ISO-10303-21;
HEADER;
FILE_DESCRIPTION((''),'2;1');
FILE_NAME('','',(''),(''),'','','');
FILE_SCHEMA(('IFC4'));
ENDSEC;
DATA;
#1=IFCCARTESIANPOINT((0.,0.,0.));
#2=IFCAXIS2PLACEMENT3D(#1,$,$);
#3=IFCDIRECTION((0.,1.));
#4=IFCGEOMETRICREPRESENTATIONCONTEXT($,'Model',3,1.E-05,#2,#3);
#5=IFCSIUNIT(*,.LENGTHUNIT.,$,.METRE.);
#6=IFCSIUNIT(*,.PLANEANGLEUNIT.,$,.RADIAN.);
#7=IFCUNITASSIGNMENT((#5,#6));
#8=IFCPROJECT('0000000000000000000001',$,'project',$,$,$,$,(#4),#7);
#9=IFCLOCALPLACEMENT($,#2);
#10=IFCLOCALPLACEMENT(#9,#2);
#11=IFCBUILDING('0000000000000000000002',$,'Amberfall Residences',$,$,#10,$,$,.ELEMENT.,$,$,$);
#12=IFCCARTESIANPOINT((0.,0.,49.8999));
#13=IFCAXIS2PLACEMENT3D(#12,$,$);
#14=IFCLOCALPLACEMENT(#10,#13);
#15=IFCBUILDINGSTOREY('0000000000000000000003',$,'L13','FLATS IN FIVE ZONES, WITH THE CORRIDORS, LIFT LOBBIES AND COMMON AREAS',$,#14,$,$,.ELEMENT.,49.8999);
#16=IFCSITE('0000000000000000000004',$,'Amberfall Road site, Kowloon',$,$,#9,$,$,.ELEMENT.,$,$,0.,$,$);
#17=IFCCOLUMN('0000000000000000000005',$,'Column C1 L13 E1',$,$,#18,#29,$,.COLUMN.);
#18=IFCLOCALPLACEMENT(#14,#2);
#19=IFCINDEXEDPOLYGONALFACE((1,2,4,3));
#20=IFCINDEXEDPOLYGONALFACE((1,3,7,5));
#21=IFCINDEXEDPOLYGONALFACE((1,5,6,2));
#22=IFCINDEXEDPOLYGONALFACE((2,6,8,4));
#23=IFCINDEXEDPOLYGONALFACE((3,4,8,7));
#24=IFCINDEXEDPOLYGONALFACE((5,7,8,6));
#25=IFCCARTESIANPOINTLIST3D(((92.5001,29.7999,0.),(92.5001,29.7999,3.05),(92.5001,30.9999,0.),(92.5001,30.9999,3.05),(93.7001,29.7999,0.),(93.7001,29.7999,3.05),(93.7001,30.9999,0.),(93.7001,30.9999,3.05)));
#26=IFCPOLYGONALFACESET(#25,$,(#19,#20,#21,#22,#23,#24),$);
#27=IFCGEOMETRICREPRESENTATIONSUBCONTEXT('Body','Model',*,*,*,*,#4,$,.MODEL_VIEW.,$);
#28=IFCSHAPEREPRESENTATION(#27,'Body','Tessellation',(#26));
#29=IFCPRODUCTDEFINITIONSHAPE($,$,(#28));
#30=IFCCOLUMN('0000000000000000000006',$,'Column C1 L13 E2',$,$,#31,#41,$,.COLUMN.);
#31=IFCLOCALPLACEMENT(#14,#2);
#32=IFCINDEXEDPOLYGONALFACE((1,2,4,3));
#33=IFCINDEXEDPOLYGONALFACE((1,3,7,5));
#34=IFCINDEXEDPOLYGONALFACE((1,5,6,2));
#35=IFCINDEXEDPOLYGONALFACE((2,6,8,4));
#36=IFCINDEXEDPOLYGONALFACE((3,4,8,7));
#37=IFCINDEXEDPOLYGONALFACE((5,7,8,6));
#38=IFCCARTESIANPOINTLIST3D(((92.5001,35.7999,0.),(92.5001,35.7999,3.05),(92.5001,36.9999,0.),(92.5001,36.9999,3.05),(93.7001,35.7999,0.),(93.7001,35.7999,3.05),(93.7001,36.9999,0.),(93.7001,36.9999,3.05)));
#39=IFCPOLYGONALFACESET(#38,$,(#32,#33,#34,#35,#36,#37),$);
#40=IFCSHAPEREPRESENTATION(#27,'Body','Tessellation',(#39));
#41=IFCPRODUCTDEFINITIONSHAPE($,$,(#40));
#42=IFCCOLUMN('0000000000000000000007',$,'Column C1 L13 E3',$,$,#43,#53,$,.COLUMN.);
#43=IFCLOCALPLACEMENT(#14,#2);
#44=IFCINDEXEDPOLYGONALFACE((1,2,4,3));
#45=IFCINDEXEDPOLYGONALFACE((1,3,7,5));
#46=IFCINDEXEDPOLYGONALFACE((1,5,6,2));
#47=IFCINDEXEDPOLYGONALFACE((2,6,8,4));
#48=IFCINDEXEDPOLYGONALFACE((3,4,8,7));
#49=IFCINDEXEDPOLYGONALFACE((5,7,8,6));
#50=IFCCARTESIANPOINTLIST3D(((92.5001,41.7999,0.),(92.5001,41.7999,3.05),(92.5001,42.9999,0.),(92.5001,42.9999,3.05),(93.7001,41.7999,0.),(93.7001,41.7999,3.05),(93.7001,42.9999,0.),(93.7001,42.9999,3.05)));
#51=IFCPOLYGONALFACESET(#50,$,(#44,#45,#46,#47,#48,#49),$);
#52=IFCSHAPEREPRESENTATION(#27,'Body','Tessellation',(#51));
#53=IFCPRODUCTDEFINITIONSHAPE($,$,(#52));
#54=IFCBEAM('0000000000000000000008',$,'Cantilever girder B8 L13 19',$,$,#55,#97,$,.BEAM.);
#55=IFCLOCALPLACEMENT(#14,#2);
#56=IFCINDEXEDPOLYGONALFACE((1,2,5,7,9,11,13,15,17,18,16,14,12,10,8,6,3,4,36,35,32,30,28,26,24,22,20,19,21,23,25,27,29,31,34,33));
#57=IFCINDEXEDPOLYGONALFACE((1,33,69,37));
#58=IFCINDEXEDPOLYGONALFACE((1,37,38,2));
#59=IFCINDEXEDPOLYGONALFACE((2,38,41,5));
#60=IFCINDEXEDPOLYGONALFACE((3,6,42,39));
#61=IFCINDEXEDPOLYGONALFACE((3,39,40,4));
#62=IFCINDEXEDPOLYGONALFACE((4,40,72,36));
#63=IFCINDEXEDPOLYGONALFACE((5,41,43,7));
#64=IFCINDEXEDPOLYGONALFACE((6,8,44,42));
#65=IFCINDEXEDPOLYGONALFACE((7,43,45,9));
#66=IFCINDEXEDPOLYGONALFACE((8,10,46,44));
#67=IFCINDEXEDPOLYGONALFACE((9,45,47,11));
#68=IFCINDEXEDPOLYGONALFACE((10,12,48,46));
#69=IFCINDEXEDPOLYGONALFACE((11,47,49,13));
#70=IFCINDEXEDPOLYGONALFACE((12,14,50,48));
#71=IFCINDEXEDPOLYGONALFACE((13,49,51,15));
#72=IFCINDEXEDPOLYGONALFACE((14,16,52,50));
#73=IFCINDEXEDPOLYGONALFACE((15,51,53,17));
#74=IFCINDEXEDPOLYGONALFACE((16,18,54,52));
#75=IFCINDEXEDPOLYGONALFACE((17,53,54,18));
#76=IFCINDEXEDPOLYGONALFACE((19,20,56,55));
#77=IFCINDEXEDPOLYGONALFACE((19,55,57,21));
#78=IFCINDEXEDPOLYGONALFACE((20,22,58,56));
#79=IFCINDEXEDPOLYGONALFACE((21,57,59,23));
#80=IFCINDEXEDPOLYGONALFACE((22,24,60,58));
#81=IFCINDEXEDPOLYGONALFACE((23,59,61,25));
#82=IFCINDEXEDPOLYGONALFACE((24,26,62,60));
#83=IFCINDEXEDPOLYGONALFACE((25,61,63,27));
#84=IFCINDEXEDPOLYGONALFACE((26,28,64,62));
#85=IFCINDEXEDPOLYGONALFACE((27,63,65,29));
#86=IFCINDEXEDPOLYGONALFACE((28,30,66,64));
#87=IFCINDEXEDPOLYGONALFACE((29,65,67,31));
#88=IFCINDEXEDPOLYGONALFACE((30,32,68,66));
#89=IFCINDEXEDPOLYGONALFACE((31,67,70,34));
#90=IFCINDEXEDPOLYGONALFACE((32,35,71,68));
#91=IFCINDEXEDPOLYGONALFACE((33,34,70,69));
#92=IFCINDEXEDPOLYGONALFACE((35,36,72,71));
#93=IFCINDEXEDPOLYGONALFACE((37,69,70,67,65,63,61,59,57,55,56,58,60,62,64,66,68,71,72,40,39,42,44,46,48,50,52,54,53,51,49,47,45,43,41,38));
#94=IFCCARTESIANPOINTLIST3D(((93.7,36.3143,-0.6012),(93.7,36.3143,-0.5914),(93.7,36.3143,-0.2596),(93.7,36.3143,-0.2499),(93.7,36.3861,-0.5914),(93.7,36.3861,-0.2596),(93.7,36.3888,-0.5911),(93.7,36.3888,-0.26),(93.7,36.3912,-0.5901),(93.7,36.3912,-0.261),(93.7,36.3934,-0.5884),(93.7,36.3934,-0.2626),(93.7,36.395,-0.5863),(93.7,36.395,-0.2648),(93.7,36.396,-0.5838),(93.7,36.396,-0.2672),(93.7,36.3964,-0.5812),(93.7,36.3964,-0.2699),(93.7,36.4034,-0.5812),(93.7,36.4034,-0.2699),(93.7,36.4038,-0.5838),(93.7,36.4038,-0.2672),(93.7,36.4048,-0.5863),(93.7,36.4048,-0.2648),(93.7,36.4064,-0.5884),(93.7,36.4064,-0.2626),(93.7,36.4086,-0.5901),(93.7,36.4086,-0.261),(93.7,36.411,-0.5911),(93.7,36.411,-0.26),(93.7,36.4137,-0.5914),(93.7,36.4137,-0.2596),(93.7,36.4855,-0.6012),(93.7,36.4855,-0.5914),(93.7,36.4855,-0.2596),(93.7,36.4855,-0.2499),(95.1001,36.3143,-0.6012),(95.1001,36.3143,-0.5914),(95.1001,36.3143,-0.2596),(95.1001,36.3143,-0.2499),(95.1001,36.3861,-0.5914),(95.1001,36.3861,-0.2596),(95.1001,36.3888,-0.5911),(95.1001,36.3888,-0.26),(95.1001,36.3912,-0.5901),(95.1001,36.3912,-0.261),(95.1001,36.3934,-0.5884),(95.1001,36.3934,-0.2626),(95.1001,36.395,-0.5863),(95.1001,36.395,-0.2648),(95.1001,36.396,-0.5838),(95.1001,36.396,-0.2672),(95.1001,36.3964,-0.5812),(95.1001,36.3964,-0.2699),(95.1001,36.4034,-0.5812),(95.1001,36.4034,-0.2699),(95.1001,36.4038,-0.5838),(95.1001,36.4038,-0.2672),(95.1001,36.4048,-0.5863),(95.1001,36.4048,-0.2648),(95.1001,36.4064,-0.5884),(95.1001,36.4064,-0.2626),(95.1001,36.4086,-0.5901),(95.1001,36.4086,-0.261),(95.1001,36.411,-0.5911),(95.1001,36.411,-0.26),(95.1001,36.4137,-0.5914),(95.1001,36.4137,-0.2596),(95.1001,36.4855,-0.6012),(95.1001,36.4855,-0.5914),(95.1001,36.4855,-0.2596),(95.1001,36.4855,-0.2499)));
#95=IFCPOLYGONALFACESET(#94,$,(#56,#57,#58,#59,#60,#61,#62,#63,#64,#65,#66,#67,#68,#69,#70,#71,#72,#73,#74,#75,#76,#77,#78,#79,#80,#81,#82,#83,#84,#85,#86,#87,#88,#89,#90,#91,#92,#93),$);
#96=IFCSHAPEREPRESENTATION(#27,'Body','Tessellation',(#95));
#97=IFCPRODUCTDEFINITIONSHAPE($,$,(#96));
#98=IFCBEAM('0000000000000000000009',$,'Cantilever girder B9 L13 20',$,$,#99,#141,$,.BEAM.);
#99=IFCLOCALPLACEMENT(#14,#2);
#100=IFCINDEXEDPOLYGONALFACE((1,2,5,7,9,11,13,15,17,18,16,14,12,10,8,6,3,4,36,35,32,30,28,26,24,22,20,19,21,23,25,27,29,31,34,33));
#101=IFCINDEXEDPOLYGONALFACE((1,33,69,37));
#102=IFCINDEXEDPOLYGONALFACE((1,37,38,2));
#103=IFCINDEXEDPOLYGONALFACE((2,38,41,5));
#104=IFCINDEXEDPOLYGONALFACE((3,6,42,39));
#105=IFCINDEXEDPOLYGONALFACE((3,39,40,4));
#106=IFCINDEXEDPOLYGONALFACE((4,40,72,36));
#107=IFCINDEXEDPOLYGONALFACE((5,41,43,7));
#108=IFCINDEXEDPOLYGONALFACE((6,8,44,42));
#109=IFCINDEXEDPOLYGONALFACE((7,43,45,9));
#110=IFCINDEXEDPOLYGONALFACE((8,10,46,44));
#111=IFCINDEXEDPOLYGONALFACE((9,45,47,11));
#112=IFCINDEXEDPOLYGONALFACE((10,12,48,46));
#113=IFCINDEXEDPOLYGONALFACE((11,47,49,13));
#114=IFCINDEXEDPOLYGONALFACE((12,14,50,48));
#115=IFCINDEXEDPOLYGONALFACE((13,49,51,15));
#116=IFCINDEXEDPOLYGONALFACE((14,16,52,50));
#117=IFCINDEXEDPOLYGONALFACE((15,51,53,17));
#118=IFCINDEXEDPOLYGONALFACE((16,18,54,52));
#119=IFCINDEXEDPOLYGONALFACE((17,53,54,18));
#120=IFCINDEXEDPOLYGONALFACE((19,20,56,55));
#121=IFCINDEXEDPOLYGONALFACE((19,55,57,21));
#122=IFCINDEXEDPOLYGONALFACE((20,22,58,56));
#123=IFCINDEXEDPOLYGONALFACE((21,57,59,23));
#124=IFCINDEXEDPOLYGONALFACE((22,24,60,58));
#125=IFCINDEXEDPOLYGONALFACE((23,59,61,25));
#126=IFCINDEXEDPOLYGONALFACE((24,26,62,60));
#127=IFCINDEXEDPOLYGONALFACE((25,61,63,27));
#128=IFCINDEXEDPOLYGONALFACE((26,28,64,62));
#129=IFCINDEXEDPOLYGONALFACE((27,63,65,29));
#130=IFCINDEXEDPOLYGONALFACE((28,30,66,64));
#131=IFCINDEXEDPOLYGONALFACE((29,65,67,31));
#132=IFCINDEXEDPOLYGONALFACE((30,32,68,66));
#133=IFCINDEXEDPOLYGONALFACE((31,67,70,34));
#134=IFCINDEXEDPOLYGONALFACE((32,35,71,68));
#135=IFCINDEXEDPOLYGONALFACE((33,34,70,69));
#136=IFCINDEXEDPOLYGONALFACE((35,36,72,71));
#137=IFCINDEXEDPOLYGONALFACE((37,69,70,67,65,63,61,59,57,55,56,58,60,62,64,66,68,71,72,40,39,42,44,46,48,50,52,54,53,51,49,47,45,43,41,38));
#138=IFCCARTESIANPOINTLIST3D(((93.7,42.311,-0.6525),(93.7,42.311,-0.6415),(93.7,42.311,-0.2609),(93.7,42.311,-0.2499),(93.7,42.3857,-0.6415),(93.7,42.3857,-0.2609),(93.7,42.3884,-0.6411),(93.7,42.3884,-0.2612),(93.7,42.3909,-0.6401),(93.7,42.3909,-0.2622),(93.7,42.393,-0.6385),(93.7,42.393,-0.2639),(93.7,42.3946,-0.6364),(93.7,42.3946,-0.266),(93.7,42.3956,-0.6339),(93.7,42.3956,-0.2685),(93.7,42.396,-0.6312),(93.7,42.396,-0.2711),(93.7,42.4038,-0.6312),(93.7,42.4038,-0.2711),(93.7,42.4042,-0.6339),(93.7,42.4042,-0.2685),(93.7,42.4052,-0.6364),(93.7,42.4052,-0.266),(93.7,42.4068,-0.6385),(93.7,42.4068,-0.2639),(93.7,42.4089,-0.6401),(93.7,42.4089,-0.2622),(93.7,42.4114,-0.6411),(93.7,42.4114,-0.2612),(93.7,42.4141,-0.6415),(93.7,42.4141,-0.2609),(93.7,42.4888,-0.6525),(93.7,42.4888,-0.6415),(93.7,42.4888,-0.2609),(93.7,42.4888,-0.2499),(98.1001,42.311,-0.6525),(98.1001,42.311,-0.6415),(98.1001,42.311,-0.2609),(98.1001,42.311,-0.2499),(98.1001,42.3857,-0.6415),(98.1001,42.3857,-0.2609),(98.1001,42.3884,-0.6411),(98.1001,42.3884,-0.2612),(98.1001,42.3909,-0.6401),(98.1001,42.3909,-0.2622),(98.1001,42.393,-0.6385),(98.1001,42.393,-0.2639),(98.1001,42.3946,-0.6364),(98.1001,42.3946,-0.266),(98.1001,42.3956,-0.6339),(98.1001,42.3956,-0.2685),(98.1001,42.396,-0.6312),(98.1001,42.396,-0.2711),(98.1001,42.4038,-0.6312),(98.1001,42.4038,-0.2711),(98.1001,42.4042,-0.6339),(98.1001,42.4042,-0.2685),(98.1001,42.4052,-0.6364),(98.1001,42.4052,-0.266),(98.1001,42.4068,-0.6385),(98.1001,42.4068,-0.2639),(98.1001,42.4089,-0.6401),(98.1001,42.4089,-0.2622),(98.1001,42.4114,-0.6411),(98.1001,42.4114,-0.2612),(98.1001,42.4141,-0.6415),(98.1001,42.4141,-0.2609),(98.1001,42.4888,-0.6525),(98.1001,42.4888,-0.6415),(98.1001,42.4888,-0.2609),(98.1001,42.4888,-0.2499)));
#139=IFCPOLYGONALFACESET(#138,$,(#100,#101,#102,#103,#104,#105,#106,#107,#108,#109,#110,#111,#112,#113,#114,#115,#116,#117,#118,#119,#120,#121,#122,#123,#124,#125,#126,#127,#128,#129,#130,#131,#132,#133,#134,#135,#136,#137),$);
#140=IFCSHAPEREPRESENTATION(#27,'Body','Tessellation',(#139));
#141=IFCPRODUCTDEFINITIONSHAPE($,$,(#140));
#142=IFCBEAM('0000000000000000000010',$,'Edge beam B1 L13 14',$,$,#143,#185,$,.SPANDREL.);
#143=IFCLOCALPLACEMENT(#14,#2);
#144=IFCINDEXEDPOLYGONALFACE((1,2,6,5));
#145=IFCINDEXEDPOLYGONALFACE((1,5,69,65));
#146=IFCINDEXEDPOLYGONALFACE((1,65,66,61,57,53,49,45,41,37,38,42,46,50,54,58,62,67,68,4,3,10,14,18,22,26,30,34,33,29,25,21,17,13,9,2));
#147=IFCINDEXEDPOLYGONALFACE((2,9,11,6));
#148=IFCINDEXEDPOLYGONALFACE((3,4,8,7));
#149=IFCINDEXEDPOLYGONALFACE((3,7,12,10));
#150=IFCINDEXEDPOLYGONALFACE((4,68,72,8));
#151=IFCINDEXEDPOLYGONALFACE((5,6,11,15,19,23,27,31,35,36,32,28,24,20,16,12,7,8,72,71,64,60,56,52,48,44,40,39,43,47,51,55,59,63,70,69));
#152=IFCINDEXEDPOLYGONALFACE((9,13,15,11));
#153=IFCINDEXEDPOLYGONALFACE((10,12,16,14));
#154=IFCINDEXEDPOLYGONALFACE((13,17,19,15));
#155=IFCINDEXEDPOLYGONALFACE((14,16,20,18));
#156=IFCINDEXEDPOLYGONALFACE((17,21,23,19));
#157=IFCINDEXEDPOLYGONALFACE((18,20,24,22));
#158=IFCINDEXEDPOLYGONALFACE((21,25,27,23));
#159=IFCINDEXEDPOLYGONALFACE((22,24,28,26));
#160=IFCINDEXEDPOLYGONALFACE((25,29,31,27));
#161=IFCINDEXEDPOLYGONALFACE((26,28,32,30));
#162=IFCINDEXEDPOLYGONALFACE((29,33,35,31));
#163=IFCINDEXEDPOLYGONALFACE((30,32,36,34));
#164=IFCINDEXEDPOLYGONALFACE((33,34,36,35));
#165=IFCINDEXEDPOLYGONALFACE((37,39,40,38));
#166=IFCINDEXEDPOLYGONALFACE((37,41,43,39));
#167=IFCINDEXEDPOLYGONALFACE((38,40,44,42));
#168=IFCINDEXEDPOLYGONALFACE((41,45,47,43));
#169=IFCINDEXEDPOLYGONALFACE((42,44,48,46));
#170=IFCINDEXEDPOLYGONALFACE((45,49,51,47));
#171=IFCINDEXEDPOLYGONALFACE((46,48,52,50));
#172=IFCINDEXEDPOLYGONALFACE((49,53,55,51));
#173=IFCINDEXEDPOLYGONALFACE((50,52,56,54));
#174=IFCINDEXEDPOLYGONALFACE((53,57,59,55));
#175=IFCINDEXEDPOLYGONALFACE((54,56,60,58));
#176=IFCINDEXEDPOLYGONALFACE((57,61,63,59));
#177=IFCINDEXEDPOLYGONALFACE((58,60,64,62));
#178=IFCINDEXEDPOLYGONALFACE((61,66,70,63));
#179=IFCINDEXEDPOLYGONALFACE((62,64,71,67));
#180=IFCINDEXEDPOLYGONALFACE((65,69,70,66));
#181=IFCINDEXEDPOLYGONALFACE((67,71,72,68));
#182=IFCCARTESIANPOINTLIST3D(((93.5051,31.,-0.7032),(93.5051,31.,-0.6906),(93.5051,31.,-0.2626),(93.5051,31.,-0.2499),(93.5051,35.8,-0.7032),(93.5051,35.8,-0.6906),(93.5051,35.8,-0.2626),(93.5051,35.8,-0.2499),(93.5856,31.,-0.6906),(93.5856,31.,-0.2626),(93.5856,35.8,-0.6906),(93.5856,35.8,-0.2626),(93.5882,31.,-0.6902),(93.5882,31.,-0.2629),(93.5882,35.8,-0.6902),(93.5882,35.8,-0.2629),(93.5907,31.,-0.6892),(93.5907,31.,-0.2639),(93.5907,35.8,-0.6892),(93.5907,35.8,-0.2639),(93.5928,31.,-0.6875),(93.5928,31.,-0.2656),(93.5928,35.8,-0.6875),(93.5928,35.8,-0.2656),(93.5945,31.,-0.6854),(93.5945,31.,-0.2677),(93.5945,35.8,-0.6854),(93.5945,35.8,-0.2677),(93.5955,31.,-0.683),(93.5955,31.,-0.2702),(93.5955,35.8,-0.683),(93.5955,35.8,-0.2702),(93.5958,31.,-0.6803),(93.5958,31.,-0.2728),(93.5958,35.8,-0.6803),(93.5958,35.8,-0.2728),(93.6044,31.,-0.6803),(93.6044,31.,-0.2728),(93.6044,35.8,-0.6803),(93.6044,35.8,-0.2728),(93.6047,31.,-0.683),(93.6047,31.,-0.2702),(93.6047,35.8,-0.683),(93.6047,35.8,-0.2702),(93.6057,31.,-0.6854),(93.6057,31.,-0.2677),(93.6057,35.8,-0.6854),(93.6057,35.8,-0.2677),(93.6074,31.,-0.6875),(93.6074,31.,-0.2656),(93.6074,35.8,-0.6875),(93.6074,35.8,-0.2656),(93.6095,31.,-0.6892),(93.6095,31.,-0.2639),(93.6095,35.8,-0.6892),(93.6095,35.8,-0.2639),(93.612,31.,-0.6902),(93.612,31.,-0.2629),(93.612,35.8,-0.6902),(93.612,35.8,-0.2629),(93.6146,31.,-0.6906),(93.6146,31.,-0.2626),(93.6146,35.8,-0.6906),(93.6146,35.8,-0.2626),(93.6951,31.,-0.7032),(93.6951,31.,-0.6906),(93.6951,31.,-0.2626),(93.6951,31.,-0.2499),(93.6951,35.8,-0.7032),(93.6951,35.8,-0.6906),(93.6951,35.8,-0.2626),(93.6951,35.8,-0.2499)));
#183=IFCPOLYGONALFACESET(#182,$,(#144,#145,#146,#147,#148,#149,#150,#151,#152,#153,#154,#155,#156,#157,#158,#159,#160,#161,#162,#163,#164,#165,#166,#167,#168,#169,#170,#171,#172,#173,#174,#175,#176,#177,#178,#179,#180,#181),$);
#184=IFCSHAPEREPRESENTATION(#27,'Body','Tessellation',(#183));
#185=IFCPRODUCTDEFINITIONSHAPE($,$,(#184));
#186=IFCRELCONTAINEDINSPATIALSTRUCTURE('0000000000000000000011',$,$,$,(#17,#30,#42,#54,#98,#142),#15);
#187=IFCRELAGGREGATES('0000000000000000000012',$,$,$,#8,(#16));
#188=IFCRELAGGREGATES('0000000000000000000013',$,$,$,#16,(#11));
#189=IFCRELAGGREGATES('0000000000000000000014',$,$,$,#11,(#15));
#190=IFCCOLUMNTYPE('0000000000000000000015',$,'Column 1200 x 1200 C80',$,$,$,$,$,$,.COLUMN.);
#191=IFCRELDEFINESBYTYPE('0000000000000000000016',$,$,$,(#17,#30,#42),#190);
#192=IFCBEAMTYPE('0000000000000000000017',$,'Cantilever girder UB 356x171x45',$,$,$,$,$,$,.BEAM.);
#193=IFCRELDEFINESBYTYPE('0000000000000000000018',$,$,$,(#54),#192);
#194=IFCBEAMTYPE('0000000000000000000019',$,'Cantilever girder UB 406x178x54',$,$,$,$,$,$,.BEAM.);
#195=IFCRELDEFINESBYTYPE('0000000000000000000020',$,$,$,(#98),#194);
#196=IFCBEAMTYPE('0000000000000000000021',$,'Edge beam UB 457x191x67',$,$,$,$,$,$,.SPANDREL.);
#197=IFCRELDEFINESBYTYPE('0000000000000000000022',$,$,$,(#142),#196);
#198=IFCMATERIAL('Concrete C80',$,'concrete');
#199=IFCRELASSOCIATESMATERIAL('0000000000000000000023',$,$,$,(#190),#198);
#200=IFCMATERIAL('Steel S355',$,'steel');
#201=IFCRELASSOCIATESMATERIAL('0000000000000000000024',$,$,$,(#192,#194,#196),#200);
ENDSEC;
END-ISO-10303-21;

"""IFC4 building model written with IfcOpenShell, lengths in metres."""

from ifc_helpers import new_model, si_unit, direction, frame, origin, origin_2d, place, context, subcontext, project, spatial, rectangle, i_section, extrude, material, material_profile, profile_set, type_object, element, save


model = new_model("IFC4")

# Units and contexts
model_context = context("Model", 3, precision=1e-05, world=origin(), true_north=direction((0.0, 1.0)))
body_context = subcontext(model_context, "Body", "Model", "MODEL_VIEW")
ifc_project = project(units=[si_unit("LENGTHUNIT", "METRE"), si_unit("PLANEANGLEUNIT", "RADIAN")], contexts=[model_context])

# Site, building, storey
site_placement = place(None, origin())
site = spatial("IfcSite", under=ifc_project, at=site_placement, Name="Amberfall Road site, Kowloon", CompositionType="ELEMENT", RefElevation=0.0)
building_placement = place(site_placement, origin())
building = spatial("IfcBuilding", under=site, at=building_placement, Name="Amberfall Residences", CompositionType="ELEMENT")
storey_placement = place(building_placement, frame((0.0, 0.0, 49.8999)))
storey = spatial("IfcBuildingStorey", under=building, at=storey_placement, Name="L13", Description="FLATS IN FIVE ZONES, WITH THE CORRIDORS, LIFT LOBBIES AND COMMON AREAS", CompositionType="ELEMENT", Elevation=49.8999)

# Columns
ifc_material_1 = material(Name="Concrete C80", Category="concrete")
ifc_material_profile_1 = material_profile(ifc_material_1, rectangle(XDim=1.2, YDim=1.2, at=origin_2d()), Name="Column 1200 x 1200 C80")
ifc_profile_set_1 = profile_set([ifc_material_profile_1], Name="Concrete C80")
column_type = type_object("IfcColumnType", Name="Column 1200 x 1200 C80", PredefinedType="COLUMN", material=ifc_profile_set_1)
for number, where, z_axis, x_axis, name in (
    (1, (93.1001, 30.3999, 0.0), (0.0, 0.0, 1.0), (1.0, 0.0, 0.0), "Column C1 L13 E1"),
    (2, (93.1001, 36.3999, 0.0), (0.0, 0.0, 1.0), (1.0, 0.0, 0.0), "Column C1 L13 E2"),
    (3, (93.1001, 42.3999, 0.0), (0.0, 0.0, 1.0), (1.0, 0.0, 0.0), "Column C1 L13 E3"),
):
    element("IfcColumn", number, at=place(storey_placement, frame(where, z_axis=z_axis, x_axis=x_axis)), inside=storey, type_object=column_type, Name=name, PredefinedType="COLUMN", context=body_context, shape_type="SweptSolid", body=[
        extrude(rectangle(XDim=1.2, YDim=1.2, at=origin_2d()), origin(), (0.0, 0.0, 1.0), 3.05),
    ])

# Beams
ifc_material_2 = material(Name="Steel S355", Category="steel")
ifc_material_profile_2 = material_profile(ifc_material_2, i_section(OverallWidth=0.1711, OverallDepth=0.3513, WebThickness=0.0071, FlangeThickness=0.0098, FilletRadius=0.0103, at=origin_2d()), Name="UB 356x171x45")
ifc_profile_set_2 = profile_set([ifc_material_profile_2], Name="Steel S355")
beam_type_1 = type_object("IfcBeamType", Name="Cantilever girder UB 356x171x45", PredefinedType="BEAM", material=ifc_profile_set_2)
beam_1_placement = place(storey_placement, frame((93.7, 36.3999, -0.4255), z_axis=(1.0, 0.0, 0.0), x_axis=(0.0, 1.0, 0.0)))
element("IfcBeam", 4, at=beam_1_placement, inside=storey, type_object=beam_type_1, Name="Cantilever girder B8 L13 19", PredefinedType="BEAM", context=body_context, shape_type="SweptSolid", body=[
    extrude(i_section(OverallWidth=0.1711, OverallDepth=0.3513, WebThickness=0.0071, FlangeThickness=0.0098, FilletRadius=0.0103, at=origin_2d()), origin(), (0.0, 0.0, 1.0), 1.4001),
])
ifc_material_profile_3 = material_profile(ifc_material_2, i_section(OverallWidth=0.1777, OverallDepth=0.4026, WebThickness=0.0078, FlangeThickness=0.011, FilletRadius=0.0103, at=origin_2d()), Name="UB 406x178x54")
ifc_profile_set_3 = profile_set([ifc_material_profile_3], Name="Steel S355")
beam_type_2 = type_object("IfcBeamType", Name="Cantilever girder UB 406x178x54", PredefinedType="BEAM", material=ifc_profile_set_3)
beam_2_placement = place(storey_placement, frame((93.7, 42.3999, -0.4512), z_axis=(1.0, 0.0, 0.0), x_axis=(0.0, 1.0, 0.0)))
element("IfcBeam", 5, at=beam_2_placement, inside=storey, type_object=beam_type_2, Name="Cantilever girder B9 L13 20", PredefinedType="BEAM", context=body_context, shape_type="SweptSolid", body=[
    extrude(i_section(OverallWidth=0.1777, OverallDepth=0.4026, WebThickness=0.0078, FlangeThickness=0.011, FilletRadius=0.0103, at=origin_2d()), origin(), (0.0, 0.0, 1.0), 4.4001),
])
ifc_material_profile_4 = material_profile(ifc_material_2, i_section(OverallWidth=0.1899, OverallDepth=0.4534, WebThickness=0.0085, FlangeThickness=0.0127, FilletRadius=0.0103, at=origin_2d()), Name="UB 457x191x67")
ifc_profile_set_4 = profile_set([ifc_material_profile_4], Name="Steel S355")
beam_type_3 = type_object("IfcBeamType", Name="Edge beam UB 457x191x67", PredefinedType="SPANDREL", material=ifc_profile_set_4)
beam_3_placement = place(storey_placement, frame((93.6001, 31.0, -0.4766), z_axis=(0.0, 1.0, 0.0), x_axis=(-1.0, 0.0, 0.0)))
element("IfcBeam", 6, at=beam_3_placement, inside=storey, type_object=beam_type_3, Name="Edge beam B1 L13 14", PredefinedType="SPANDREL", context=body_context, shape_type="SweptSolid", body=[
    extrude(i_section(OverallWidth=0.1899, OverallDepth=0.4534, WebThickness=0.0085, FlangeThickness=0.0127, FilletRadius=0.0103, at=origin_2d()), origin(), (0.0, 0.0, 1.0), 4.8),
])

save(model, "model.ifc")
